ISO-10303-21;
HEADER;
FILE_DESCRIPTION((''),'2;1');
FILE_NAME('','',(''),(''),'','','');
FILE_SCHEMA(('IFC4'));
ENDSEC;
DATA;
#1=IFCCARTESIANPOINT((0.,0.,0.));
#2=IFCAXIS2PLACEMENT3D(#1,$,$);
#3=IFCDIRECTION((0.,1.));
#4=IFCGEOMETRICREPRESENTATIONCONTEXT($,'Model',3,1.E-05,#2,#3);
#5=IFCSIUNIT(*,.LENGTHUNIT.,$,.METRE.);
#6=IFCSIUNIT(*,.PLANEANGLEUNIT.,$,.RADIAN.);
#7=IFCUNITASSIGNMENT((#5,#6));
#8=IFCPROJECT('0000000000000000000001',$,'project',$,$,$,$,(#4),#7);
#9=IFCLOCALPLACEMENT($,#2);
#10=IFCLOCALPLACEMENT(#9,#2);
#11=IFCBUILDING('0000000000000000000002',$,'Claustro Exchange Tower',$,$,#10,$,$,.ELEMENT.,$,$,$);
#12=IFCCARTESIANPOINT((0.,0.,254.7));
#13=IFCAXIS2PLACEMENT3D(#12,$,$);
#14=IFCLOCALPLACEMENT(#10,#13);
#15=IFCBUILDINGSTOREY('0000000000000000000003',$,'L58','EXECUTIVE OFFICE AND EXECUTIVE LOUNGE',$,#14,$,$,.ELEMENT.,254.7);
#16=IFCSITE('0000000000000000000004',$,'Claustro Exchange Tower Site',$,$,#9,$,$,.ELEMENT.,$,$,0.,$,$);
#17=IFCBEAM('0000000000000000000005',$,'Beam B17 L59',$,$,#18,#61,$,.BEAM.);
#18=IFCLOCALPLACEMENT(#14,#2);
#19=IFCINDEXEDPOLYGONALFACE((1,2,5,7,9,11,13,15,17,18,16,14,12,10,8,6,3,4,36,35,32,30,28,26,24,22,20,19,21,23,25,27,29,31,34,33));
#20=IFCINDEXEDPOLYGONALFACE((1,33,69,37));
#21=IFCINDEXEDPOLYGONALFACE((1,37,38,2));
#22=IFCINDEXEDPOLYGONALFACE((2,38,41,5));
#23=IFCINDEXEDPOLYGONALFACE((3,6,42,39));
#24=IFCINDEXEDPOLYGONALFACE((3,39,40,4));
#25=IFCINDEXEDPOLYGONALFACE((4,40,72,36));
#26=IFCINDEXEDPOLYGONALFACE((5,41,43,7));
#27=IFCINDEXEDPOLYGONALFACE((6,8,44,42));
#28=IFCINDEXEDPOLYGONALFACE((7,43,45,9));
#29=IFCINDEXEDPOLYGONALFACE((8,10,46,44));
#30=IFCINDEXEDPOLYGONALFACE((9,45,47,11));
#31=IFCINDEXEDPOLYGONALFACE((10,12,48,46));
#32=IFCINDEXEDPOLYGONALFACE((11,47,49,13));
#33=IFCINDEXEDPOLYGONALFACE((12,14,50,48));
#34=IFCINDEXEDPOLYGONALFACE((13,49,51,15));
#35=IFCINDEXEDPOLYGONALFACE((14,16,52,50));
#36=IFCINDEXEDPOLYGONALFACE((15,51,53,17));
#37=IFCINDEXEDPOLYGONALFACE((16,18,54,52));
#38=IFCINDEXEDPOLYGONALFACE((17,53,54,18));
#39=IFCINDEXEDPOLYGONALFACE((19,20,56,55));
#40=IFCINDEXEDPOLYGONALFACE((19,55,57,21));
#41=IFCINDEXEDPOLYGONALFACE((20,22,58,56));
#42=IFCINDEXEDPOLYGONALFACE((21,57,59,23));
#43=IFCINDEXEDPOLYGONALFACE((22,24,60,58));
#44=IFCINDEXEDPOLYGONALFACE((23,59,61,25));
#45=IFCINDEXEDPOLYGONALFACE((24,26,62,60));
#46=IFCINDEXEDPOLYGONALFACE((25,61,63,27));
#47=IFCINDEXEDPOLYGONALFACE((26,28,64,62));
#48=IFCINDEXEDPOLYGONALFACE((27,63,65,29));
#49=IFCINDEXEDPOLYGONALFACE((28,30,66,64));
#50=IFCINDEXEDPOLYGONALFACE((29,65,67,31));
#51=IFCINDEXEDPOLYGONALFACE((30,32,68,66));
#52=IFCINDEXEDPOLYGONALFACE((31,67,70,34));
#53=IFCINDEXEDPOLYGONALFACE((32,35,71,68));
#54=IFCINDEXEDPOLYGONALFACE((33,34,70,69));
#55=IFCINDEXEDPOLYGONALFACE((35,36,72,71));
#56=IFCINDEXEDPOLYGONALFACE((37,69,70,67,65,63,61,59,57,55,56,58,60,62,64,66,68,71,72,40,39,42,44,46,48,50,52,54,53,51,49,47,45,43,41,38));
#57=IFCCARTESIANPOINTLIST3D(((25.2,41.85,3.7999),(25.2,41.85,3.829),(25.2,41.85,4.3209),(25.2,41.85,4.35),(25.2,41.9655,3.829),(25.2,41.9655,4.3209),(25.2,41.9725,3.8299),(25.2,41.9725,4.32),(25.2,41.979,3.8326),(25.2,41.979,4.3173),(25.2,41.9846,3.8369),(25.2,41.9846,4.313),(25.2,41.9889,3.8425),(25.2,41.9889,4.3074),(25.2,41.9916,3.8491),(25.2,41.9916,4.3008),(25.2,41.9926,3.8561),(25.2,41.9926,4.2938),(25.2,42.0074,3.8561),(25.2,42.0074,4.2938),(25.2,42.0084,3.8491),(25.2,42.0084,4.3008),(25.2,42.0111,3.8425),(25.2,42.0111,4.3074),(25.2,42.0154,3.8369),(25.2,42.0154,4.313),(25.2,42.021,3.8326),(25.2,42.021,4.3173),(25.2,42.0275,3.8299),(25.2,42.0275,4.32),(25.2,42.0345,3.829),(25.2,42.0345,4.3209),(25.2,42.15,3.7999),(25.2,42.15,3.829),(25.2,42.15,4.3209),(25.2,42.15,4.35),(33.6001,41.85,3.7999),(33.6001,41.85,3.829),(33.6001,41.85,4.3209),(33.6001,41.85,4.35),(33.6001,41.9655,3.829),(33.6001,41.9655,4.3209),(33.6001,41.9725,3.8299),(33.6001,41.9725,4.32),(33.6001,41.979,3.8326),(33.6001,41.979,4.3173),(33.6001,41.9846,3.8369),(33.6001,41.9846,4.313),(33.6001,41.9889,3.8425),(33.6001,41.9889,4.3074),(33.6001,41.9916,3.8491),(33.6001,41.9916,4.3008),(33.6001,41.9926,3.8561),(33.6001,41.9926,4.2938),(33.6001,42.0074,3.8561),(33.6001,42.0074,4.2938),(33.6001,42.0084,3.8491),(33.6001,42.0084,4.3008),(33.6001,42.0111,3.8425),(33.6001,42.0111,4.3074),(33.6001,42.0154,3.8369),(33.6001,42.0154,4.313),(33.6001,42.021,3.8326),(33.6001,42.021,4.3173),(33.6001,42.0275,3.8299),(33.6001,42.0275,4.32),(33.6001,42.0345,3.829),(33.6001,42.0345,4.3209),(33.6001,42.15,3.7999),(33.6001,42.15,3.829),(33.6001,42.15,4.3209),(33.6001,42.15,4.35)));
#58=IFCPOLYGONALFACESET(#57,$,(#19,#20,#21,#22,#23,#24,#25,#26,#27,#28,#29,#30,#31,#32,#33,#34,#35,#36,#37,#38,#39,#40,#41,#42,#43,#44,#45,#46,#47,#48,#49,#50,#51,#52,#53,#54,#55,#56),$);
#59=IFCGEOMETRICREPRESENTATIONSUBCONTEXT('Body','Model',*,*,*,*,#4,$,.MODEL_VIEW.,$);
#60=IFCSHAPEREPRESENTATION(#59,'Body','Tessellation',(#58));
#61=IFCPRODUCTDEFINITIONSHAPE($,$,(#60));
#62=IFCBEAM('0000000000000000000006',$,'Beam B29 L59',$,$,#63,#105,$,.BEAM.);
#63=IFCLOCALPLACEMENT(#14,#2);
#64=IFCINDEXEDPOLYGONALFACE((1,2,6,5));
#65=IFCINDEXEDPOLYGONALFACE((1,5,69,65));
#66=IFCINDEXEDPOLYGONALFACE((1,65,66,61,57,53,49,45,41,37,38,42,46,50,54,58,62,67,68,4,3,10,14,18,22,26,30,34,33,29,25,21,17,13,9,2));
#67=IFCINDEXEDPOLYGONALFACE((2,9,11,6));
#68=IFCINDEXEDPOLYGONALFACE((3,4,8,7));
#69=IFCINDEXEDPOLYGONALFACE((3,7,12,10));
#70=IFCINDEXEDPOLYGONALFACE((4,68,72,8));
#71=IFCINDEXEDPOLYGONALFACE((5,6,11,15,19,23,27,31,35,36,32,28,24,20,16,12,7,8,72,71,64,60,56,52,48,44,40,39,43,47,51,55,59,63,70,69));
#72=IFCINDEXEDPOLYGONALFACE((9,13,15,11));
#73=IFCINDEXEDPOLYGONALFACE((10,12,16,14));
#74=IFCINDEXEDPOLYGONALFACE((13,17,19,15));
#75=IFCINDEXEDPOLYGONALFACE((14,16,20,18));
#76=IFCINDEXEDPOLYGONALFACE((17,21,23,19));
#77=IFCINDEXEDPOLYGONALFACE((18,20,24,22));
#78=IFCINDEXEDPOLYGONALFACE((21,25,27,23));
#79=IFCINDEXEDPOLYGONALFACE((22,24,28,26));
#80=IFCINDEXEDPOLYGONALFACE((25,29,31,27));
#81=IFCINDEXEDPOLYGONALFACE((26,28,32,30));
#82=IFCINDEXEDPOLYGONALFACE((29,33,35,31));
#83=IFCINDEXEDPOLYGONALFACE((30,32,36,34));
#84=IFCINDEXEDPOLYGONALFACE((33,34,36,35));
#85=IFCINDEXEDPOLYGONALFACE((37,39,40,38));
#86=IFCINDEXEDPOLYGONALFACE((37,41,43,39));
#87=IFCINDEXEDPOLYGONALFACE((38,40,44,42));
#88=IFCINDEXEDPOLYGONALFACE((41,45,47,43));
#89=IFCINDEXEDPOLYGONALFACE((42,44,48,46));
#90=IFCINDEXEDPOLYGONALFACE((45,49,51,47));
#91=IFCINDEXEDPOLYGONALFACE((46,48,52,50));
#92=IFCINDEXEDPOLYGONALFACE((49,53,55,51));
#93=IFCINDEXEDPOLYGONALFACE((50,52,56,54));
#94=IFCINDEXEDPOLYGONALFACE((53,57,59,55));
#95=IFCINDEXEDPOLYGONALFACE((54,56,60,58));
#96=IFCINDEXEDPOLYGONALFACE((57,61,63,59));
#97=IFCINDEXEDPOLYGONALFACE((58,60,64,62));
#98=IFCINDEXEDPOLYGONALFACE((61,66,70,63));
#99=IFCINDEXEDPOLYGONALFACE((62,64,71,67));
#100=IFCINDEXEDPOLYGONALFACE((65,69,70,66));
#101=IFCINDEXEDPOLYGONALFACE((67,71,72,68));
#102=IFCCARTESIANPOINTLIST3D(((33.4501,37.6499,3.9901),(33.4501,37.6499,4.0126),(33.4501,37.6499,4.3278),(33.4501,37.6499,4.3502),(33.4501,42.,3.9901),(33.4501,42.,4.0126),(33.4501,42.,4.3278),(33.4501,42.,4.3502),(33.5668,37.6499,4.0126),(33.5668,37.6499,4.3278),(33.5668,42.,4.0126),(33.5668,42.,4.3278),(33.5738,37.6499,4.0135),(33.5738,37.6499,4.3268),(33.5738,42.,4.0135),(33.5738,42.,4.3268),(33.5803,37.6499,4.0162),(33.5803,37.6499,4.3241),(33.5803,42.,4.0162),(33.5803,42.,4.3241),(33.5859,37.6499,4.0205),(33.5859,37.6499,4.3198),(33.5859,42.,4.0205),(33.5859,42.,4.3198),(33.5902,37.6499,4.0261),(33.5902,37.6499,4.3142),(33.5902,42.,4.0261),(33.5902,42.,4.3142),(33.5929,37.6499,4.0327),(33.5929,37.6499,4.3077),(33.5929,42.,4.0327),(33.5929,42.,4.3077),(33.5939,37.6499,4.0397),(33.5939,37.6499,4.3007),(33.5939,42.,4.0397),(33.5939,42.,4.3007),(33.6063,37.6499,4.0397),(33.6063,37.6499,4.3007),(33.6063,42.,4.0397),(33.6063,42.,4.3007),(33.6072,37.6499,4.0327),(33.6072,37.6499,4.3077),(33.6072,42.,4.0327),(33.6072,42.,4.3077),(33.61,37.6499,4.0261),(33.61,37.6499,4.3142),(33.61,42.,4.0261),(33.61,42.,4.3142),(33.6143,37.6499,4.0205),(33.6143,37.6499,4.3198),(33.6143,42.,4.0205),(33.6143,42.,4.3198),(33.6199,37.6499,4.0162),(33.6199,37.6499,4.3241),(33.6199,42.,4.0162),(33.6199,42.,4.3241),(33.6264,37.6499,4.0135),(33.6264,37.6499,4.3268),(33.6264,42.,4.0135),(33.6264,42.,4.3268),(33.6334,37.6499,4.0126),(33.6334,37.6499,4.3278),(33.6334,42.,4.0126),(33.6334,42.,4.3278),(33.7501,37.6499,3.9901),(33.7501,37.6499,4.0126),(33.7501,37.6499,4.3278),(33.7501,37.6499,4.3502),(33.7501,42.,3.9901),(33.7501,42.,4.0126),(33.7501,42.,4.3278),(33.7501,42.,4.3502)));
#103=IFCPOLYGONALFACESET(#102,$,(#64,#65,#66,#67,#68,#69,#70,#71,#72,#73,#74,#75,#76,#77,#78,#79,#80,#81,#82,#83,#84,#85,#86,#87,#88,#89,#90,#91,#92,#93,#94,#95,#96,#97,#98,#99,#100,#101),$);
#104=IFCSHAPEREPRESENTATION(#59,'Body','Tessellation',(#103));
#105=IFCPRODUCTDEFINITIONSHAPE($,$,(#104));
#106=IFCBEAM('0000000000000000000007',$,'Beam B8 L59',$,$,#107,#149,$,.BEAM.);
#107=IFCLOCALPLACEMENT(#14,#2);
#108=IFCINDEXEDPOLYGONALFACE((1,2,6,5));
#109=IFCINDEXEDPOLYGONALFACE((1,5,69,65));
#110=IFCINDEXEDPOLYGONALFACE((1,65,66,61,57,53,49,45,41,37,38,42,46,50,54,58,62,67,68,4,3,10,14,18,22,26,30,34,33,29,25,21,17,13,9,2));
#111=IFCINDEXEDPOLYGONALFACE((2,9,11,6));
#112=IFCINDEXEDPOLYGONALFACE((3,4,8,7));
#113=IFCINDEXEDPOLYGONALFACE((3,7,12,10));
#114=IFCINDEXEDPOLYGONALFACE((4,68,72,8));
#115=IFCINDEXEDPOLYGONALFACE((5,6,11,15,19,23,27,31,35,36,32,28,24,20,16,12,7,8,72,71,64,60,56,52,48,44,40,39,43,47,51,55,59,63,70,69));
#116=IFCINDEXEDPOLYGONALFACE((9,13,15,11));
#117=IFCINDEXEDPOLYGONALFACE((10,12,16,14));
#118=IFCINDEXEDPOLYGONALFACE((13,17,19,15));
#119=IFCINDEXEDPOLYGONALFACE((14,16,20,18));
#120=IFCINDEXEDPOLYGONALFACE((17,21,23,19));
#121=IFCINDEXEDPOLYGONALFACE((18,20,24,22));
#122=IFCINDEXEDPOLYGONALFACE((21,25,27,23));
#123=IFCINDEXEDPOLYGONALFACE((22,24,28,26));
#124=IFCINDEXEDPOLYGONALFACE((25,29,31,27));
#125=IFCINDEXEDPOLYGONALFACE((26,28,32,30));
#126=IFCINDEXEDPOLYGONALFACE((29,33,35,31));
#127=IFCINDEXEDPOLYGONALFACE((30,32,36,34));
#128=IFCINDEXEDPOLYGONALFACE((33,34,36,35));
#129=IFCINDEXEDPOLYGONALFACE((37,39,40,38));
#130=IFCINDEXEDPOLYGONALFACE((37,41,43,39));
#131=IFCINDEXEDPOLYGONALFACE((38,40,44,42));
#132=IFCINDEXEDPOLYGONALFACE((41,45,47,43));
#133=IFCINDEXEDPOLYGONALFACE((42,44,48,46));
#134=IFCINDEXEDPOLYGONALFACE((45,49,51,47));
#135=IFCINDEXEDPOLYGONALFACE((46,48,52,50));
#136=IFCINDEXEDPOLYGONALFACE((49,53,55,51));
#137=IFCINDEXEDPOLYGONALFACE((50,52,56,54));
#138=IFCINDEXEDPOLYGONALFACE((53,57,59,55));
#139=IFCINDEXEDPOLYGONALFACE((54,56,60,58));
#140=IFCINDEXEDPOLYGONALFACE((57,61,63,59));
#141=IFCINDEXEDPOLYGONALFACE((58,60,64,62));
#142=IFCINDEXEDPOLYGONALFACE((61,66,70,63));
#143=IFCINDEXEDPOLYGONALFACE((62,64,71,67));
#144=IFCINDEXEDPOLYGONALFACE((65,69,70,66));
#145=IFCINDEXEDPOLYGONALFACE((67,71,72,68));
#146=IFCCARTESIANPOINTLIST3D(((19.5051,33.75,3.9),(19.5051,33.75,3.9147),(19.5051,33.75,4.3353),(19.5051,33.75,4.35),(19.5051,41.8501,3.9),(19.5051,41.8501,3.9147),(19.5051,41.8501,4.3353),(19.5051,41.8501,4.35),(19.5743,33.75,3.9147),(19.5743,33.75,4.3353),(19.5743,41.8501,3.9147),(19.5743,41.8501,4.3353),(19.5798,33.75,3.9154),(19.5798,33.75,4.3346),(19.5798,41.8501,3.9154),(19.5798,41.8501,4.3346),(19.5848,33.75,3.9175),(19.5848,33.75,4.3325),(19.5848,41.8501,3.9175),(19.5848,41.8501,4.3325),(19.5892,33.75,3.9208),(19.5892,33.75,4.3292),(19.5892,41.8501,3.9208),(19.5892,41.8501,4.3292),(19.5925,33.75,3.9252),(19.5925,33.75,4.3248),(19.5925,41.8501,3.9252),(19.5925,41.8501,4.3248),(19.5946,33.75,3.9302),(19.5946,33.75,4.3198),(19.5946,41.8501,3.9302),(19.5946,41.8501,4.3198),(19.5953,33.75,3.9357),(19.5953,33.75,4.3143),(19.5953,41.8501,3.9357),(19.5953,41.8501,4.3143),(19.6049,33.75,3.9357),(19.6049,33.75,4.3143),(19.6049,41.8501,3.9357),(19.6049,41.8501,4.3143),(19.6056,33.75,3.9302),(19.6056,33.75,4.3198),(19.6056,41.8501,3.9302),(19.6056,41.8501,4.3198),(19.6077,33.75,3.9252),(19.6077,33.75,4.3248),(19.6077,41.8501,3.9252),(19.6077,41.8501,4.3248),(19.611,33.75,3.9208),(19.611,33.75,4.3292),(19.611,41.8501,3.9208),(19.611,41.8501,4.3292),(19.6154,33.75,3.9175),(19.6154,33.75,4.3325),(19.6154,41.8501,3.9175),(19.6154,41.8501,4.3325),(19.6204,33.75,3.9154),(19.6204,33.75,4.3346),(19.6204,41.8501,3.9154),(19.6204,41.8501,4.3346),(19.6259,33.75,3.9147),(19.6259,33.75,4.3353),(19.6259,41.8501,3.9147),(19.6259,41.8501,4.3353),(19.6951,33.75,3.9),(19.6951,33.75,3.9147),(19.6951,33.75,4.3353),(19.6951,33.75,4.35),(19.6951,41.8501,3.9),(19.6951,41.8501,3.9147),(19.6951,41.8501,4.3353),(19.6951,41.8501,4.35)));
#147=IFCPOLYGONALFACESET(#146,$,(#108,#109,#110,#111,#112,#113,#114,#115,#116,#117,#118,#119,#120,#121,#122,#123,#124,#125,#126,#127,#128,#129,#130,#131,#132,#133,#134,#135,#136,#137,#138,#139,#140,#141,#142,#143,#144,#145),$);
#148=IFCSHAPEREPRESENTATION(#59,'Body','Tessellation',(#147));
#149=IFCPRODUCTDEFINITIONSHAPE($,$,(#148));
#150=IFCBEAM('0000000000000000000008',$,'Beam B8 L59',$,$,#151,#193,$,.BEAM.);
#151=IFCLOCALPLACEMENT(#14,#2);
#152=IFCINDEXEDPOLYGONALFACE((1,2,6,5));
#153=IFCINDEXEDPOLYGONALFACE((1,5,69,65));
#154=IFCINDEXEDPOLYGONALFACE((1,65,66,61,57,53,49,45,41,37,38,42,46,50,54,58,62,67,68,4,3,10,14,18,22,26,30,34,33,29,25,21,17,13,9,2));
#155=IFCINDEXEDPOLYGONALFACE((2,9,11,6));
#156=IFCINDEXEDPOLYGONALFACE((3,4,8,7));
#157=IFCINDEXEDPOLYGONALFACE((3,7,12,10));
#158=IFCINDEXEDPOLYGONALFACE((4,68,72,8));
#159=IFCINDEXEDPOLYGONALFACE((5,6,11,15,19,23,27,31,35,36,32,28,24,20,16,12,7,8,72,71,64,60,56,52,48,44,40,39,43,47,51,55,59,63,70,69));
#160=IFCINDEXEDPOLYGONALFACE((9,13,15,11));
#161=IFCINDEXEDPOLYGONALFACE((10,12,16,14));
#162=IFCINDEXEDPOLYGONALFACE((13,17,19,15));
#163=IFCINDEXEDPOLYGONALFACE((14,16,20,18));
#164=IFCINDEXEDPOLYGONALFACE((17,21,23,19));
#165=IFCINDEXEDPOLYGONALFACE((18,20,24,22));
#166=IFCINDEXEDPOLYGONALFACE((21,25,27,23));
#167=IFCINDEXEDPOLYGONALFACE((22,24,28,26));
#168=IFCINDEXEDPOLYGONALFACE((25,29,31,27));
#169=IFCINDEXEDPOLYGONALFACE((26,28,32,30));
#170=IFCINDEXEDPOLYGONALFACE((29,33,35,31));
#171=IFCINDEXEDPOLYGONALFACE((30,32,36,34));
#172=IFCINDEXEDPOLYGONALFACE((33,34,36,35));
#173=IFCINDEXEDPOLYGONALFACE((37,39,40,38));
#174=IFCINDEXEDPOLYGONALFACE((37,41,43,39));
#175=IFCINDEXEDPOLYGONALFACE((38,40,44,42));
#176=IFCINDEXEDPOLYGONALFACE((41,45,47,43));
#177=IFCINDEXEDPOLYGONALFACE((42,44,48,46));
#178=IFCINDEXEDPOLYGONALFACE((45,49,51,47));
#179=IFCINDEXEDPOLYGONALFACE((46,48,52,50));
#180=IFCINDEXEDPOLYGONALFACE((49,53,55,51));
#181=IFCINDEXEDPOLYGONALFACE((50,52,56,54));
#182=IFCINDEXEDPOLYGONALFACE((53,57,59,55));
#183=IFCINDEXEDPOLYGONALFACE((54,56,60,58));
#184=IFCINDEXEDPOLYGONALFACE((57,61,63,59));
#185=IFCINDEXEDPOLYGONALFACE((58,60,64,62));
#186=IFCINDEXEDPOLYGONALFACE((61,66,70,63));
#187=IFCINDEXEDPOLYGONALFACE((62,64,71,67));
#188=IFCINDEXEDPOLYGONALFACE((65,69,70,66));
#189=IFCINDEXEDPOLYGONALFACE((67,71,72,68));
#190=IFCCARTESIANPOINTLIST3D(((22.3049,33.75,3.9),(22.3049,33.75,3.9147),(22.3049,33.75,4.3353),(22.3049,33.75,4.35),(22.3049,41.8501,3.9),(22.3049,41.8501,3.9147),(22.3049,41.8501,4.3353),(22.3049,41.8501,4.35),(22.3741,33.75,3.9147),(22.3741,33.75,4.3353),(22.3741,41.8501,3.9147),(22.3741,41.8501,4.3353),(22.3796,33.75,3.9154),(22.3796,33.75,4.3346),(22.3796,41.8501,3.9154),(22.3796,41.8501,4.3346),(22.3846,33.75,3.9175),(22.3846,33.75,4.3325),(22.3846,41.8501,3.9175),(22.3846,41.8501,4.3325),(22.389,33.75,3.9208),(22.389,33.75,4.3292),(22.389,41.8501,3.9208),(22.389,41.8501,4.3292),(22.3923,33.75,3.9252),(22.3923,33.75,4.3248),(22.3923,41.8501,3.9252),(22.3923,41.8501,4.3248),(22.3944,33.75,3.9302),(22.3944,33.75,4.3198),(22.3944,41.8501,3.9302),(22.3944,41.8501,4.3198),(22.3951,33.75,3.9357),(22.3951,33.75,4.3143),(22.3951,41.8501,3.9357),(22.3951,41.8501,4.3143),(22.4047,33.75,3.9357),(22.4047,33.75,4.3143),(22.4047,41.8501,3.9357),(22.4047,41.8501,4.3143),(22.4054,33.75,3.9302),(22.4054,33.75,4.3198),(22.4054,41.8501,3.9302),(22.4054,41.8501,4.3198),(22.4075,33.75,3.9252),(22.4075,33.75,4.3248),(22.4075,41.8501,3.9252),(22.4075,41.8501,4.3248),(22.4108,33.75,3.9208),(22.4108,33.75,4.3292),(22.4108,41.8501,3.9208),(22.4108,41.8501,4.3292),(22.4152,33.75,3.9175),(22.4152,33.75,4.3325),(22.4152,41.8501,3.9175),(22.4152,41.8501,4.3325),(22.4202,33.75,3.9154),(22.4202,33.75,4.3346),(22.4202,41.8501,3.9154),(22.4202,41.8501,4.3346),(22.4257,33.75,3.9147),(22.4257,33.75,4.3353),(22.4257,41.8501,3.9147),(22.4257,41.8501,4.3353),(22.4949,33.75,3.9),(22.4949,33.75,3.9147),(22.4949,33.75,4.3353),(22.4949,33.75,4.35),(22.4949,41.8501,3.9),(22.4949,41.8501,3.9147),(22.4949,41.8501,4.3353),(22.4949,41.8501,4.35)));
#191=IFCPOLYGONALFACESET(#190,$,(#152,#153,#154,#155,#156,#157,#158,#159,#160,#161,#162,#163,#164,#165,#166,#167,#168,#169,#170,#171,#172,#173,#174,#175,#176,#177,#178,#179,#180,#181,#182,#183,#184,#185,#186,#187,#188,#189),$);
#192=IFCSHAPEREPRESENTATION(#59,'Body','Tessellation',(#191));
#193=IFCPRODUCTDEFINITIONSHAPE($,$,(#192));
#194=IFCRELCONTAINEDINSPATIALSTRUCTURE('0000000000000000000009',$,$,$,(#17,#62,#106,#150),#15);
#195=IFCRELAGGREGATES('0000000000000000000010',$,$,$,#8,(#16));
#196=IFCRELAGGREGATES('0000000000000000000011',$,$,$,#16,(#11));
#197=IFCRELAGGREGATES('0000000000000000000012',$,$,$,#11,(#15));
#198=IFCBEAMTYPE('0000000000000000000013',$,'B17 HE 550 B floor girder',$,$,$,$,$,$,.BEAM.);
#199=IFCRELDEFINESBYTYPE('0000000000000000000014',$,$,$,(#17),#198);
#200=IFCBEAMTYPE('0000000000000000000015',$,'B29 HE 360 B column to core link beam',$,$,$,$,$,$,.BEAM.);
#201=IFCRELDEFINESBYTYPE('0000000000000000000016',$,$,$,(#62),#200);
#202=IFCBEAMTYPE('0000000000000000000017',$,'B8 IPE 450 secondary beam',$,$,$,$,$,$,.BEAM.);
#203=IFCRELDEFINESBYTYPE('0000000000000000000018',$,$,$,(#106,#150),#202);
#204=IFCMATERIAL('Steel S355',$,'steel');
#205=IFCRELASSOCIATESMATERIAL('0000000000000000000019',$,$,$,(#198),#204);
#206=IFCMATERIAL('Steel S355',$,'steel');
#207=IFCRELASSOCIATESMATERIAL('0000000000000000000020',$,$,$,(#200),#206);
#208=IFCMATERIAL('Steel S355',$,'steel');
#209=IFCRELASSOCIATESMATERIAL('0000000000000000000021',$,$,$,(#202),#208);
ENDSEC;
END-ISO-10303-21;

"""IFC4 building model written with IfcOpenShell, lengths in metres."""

from ifc_helpers import new_model, si_unit, direction, frame, origin, origin_2d, place, context, subcontext, project, spatial, i_section, extrude, material, material_profile, profile_set, type_object, element, save


model = new_model("IFC4")

# Units and contexts
model_context = context("Model", 3, precision=1e-05, world=origin(), true_north=direction((0.0, 1.0)))
body_context = subcontext(model_context, "Body", "Model", "MODEL_VIEW")
ifc_project = project(units=[si_unit("LENGTHUNIT", "METRE"), si_unit("PLANEANGLEUNIT", "RADIAN")], contexts=[model_context])

# Site, building, storey
site_placement = place(None, origin())
site = spatial("IfcSite", under=ifc_project, at=site_placement, Name="Claustro Exchange Tower Site", CompositionType="ELEMENT", RefElevation=0.0)
building_placement = place(site_placement, origin())
building = spatial("IfcBuilding", under=site, at=building_placement, Name="Claustro Exchange Tower", CompositionType="ELEMENT")
storey_placement = place(building_placement, frame((0.0, 0.0, 254.7)))
storey = spatial("IfcBuildingStorey", under=building, at=storey_placement, Name="L58", Description="EXECUTIVE OFFICE AND EXECUTIVE LOUNGE", CompositionType="ELEMENT", Elevation=254.7)

# Beams
ifc_material_1 = material(Name="Steel S355", Category="steel")
ifc_material_profile_1 = material_profile(ifc_material_1, i_section(OverallWidth=0.3, OverallDepth=0.55, WebThickness=0.0149, FlangeThickness=0.0291, FilletRadius=0.0271, at=origin_2d()), Name="HE 550 B")
ifc_profile_set_1 = profile_set([ifc_material_profile_1], Name="Steel S355")
beam_type_1 = type_object("IfcBeamType", Name="B17 HE 550 B floor girder", PredefinedType="BEAM", material=ifc_profile_set_1)
beam_1_placement = place(storey_placement, frame((25.2, 42.0, 4.075), z_axis=(1.0, 0.0, 0.0), x_axis=(0.0, 1.0, 0.0)))
element("IfcBeam", 1, at=beam_1_placement, inside=storey, type_object=beam_type_1, Name="Beam B17 L59", PredefinedType="BEAM", context=body_context, shape_type="SweptSolid", body=[
    extrude(i_section(OverallWidth=0.3, OverallDepth=0.55, WebThickness=0.0149, FlangeThickness=0.0291, FilletRadius=0.0271, at=origin_2d()), origin(), (0.0, 0.0, 1.0), 8.4001),
])
ifc_material_2 = material(Name="Steel S355", Category="steel")
ifc_material_profile_2 = material_profile(ifc_material_2, i_section(OverallWidth=0.3, OverallDepth=0.3601, WebThickness=0.0125, FlangeThickness=0.0225, FilletRadius=0.0271, at=origin_2d()), Name="HE 360 B")
ifc_profile_set_2 = profile_set([ifc_material_profile_2], Name="Steel S355")
beam_type_2 = type_object("IfcBeamType", Name="B29 HE 360 B column to core link beam", PredefinedType="BEAM", material=ifc_profile_set_2)
beam_2_placement = place(storey_placement, frame((33.6001, 37.6499, 4.1702), z_axis=(0.0, 1.0, 0.0), x_axis=(-1.0, 0.0, 0.0)))
element("IfcBeam", 2, at=beam_2_placement, inside=storey, type_object=beam_type_2, Name="Beam B29 L59", PredefinedType="BEAM", context=body_context, shape_type="SweptSolid", body=[
    extrude(i_section(OverallWidth=0.3, OverallDepth=0.3601, WebThickness=0.0125, FlangeThickness=0.0225, FilletRadius=0.0271, at=origin_2d()), origin(), (0.0, 0.0, 1.0), 4.3501),
])
ifc_material_3 = material(Name="Steel S355", Category="steel")
ifc_material_profile_3 = material_profile(ifc_material_3, i_section(OverallWidth=0.1899, OverallDepth=0.45, WebThickness=0.0095, FlangeThickness=0.0146, FilletRadius=0.021, at=origin_2d()), Name="IPE 450")
ifc_profile_set_3 = profile_set([ifc_material_profile_3], Name="Steel S355")
beam_type_3 = type_object("IfcBeamType", Name="B8 IPE 450 secondary beam", PredefinedType="BEAM", material=ifc_profile_set_3)
for number, where, z_axis, x_axis, name in (
    (3, (19.6001, 33.75, 4.125), (0.0, 1.0, 0.0), (-1.0, 0.0, 0.0), "Beam B8 L59"),
    (4, (22.3999, 33.75, 4.125), (0.0, 1.0, 0.0), (-1.0, 0.0, 0.0), "Beam B8 L59"),
):
    element("IfcBeam", number, at=place(storey_placement, frame(where, z_axis=z_axis, x_axis=x_axis)), inside=storey, type_object=beam_type_3, Name=name, PredefinedType="BEAM", context=body_context, shape_type="SweptSolid", body=[
        extrude(i_section(OverallWidth=0.1899, OverallDepth=0.45, WebThickness=0.0095, FlangeThickness=0.0146, FilletRadius=0.021, at=origin_2d()), origin(), (0.0, 0.0, 1.0), 8.1001),
    ])

save(model, "model.ifc")
